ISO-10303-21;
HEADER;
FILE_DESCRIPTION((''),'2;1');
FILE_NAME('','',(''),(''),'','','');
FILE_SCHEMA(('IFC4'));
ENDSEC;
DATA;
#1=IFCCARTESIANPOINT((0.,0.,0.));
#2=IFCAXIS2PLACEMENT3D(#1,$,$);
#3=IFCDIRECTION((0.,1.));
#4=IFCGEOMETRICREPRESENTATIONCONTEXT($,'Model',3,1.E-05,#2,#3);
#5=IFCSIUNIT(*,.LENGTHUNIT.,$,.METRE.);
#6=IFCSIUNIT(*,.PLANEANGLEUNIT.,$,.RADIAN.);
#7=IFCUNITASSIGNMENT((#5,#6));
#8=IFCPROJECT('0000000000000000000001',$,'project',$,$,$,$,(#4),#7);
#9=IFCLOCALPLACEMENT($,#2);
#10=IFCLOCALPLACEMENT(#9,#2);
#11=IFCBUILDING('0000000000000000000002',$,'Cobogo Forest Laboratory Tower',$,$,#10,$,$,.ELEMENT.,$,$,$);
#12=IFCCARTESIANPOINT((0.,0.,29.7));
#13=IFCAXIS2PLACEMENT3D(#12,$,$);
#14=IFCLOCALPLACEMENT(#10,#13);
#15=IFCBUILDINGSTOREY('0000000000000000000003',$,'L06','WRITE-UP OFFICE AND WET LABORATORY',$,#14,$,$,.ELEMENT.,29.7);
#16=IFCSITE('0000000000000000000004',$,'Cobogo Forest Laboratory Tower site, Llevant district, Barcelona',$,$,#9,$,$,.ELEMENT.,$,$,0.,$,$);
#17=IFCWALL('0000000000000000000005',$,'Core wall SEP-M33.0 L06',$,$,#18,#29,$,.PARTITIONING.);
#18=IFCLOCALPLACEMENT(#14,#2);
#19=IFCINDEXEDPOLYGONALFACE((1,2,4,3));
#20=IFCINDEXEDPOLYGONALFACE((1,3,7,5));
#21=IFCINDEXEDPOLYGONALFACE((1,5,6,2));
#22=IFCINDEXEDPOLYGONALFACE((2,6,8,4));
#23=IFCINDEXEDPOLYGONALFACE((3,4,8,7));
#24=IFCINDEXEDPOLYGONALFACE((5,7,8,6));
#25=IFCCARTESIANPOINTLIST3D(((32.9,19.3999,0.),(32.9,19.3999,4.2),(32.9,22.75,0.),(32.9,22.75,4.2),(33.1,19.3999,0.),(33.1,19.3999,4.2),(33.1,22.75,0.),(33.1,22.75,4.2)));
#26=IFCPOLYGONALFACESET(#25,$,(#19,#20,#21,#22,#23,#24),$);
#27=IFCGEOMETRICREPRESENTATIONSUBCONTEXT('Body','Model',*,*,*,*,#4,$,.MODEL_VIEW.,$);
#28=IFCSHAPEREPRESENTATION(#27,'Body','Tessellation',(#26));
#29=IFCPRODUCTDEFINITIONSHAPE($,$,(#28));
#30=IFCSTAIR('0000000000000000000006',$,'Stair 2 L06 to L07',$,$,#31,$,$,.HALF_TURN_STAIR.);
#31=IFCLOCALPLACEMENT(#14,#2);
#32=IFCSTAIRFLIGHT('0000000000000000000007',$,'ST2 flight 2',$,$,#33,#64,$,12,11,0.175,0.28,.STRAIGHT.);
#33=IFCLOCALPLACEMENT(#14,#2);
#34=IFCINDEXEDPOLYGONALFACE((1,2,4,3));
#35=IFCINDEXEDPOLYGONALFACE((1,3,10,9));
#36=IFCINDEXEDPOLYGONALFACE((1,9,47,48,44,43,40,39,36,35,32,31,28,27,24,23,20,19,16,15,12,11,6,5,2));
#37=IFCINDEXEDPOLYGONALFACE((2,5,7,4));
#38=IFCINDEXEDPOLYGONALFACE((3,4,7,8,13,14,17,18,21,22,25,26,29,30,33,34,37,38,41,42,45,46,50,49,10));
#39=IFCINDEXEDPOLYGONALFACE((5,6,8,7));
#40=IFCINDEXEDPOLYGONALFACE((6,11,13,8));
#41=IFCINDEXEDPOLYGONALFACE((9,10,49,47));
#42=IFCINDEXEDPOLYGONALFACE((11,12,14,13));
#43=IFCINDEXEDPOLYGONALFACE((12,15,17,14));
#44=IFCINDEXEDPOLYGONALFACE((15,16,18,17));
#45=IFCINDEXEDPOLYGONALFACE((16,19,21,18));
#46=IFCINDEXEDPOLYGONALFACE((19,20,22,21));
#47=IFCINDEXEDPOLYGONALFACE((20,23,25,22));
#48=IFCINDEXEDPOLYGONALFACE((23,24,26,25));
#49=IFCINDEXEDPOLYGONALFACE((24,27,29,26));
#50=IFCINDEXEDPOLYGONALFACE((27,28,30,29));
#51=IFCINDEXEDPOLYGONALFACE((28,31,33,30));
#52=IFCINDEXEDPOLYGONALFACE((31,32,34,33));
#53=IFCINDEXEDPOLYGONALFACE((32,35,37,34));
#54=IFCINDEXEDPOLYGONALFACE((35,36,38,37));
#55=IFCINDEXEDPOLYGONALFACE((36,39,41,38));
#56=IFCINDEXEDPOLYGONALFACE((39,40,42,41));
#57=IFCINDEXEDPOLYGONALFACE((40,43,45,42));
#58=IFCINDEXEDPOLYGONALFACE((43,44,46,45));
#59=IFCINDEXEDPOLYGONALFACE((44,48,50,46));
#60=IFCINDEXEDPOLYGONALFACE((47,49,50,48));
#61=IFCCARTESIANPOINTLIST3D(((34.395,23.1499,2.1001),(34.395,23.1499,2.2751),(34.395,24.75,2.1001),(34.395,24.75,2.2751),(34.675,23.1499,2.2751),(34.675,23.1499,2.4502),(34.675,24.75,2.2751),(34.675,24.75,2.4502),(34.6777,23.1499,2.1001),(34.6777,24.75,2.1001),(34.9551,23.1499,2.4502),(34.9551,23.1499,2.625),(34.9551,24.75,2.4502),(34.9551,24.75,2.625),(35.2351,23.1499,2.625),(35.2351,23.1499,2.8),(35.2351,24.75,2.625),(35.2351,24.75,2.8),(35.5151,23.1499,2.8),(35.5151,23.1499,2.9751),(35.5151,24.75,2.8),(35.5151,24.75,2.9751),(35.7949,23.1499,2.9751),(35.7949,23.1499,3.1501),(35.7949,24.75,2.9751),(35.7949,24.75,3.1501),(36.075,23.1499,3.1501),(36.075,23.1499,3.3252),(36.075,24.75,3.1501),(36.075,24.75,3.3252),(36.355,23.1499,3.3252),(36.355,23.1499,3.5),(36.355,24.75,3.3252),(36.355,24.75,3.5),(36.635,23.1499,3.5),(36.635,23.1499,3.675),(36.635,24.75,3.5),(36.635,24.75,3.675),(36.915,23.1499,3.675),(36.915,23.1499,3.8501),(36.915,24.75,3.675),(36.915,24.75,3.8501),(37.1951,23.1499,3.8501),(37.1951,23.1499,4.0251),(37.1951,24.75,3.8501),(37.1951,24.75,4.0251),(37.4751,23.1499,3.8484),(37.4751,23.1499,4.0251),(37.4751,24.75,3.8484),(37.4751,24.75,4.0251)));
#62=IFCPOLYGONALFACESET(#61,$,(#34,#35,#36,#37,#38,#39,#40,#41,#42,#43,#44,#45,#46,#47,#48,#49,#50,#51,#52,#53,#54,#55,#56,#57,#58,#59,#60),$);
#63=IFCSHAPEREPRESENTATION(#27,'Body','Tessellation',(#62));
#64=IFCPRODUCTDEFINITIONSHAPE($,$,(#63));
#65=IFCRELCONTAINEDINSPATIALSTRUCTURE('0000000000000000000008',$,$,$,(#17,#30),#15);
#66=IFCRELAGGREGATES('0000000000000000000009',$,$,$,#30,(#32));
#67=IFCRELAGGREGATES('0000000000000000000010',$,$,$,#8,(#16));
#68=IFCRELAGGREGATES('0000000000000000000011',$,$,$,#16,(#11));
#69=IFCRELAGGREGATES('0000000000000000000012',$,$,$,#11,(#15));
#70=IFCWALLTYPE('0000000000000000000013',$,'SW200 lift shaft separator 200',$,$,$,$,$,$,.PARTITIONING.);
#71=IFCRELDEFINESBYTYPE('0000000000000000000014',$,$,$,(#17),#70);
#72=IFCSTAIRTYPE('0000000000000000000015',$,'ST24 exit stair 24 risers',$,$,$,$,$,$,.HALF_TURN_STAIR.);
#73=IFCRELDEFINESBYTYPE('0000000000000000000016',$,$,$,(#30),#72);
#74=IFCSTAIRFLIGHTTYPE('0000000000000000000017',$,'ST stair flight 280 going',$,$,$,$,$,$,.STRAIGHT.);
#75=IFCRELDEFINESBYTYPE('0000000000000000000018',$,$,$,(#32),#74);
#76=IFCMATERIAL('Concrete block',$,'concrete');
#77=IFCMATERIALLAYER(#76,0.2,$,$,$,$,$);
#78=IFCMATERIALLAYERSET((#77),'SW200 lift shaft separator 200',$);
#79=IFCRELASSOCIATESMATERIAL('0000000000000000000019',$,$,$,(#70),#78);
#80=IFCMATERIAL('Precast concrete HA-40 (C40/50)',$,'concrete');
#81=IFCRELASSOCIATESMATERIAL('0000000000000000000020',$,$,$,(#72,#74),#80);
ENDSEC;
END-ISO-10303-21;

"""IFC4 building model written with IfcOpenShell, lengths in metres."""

from ifc_helpers import new_model, si_unit, direction, frame, frame_2d, origin, place, context, subcontext, project, spatial, polyline, rectangle, outline, extrude, material, layer, layer_set, type_object, element, aggregate, save


model = new_model("IFC4")

# Units and contexts
model_context = context("Model", 3, precision=1e-05, world=origin(), true_north=direction((0.0, 1.0)))
body_context = subcontext(model_context, "Body", "Model", "MODEL_VIEW")
ifc_project = project(units=[si_unit("LENGTHUNIT", "METRE"), si_unit("PLANEANGLEUNIT", "RADIAN")], contexts=[model_context])

# Site, building, storey
site_placement = place(None, origin())
site = spatial("IfcSite", under=ifc_project, at=site_placement, Name="Cobogo Forest Laboratory Tower site, Llevant district, Barcelona", CompositionType="ELEMENT", RefElevation=0.0)
building_placement = place(site_placement, origin())
building = spatial("IfcBuilding", under=site, at=building_placement, Name="Cobogo Forest Laboratory Tower", CompositionType="ELEMENT")
storey_placement = place(building_placement, frame((0.0, 0.0, 29.7)))
storey = spatial("IfcBuildingStorey", under=building, at=storey_placement, Name="L06", Description="WRITE-UP OFFICE AND WET LABORATORY", CompositionType="ELEMENT", Elevation=29.7)

# Wall
ifc_material_1 = material(Name="Concrete block", Category="concrete")
ifc_layer_1 = layer(ifc_material_1, 0.2)
ifc_layer_set_1 = layer_set([ifc_layer_1], Name="SW200 lift shaft separator 200")
wall_type_1 = type_object("IfcWallType", Name="SW200 lift shaft separator 200", PredefinedType="PARTITIONING", material=ifc_layer_set_1)
wall_1_placement = place(storey_placement, frame((33.0, 19.3999, 0.0), z_axis=(0.0, 0.0, 1.0), x_axis=(0.0, 1.0, 0.0)))
element("IfcWall", 1, at=wall_1_placement, inside=storey, type_object=wall_type_1, Name="Core wall SEP-M33.0 L06", PredefinedType="PARTITIONING", context=body_context, shape_type="SweptSolid", body=[
    extrude(rectangle(XDim=3.3501, YDim=0.2, at=frame_2d((1.675, 0.0))), origin(), (0.0, 0.0, 1.0), 4.2),
])

# Stair, stair flight
ifc_material_2 = material(Name="Precast concrete HA-40 (C40/50)", Category="concrete")
stair_type = type_object("IfcStairType", Name="ST24 exit stair 24 risers", PredefinedType="HALF_TURN_STAIR", material=ifc_material_2)
stair_placement = place(storey_placement, origin())
stair = element("IfcStair", 2, at=stair_placement, inside=storey, type_object=stair_type, Name="Stair 2 L06 to L07", PredefinedType="HALF_TURN_STAIR")
stair_flight_type = type_object("IfcStairFlightType", Name="ST stair flight 280 going", PredefinedType="STRAIGHT", material=ifc_material_2)
stair_flight_placement = place(storey_placement, frame((34.395, 23.95, 2.1001), z_axis=(0.0, 0.0, 1.0), x_axis=(1.0, 0.0, 0.0)))
stair_flight = element("IfcStairFlight", 3, at=stair_flight_placement, type_object=stair_flight_type, Name="ST2 flight 2", NumberOfRisers=12, NumberOfTreads=11, PredefinedType="STRAIGHT", RiserHeight=0.175, TreadLength=0.28, context=body_context, shape_type="SweptSolid", body=[
    extrude(outline(polyline([(0.0, 0.0), (0.0, 0.175), (0.28, 0.175), (0.28, 0.3501), (0.5601, 0.3501), (0.5601, 0.5249), (0.8401, 0.5249), (0.8401, 0.7), (1.1201, 0.7), (1.1201, 0.875), (1.3999, 0.875), (1.3999, 1.05), (1.6799, 1.05), (1.6799, 1.2251), (1.96, 1.2251), (1.96, 1.3999), (2.24, 1.3999), (2.24, 1.575), (2.52, 1.575), (2.52, 1.75), (2.8, 1.75), (2.8, 1.925), (3.0801, 1.925), (3.0801, 2.1001), (3.0801, 1.7483), (0.2827, 0.0), (0.0, 0.0)])), frame((0.0, 0.8, 0.0), z_axis=(0.0, -1.0, 0.0), x_axis=(1.0, 0.0, 0.0)), (0.0, 0.0, 1.0), 1.6001),
])
aggregate(stair, [stair_flight])

save(model, "model.ifc")
